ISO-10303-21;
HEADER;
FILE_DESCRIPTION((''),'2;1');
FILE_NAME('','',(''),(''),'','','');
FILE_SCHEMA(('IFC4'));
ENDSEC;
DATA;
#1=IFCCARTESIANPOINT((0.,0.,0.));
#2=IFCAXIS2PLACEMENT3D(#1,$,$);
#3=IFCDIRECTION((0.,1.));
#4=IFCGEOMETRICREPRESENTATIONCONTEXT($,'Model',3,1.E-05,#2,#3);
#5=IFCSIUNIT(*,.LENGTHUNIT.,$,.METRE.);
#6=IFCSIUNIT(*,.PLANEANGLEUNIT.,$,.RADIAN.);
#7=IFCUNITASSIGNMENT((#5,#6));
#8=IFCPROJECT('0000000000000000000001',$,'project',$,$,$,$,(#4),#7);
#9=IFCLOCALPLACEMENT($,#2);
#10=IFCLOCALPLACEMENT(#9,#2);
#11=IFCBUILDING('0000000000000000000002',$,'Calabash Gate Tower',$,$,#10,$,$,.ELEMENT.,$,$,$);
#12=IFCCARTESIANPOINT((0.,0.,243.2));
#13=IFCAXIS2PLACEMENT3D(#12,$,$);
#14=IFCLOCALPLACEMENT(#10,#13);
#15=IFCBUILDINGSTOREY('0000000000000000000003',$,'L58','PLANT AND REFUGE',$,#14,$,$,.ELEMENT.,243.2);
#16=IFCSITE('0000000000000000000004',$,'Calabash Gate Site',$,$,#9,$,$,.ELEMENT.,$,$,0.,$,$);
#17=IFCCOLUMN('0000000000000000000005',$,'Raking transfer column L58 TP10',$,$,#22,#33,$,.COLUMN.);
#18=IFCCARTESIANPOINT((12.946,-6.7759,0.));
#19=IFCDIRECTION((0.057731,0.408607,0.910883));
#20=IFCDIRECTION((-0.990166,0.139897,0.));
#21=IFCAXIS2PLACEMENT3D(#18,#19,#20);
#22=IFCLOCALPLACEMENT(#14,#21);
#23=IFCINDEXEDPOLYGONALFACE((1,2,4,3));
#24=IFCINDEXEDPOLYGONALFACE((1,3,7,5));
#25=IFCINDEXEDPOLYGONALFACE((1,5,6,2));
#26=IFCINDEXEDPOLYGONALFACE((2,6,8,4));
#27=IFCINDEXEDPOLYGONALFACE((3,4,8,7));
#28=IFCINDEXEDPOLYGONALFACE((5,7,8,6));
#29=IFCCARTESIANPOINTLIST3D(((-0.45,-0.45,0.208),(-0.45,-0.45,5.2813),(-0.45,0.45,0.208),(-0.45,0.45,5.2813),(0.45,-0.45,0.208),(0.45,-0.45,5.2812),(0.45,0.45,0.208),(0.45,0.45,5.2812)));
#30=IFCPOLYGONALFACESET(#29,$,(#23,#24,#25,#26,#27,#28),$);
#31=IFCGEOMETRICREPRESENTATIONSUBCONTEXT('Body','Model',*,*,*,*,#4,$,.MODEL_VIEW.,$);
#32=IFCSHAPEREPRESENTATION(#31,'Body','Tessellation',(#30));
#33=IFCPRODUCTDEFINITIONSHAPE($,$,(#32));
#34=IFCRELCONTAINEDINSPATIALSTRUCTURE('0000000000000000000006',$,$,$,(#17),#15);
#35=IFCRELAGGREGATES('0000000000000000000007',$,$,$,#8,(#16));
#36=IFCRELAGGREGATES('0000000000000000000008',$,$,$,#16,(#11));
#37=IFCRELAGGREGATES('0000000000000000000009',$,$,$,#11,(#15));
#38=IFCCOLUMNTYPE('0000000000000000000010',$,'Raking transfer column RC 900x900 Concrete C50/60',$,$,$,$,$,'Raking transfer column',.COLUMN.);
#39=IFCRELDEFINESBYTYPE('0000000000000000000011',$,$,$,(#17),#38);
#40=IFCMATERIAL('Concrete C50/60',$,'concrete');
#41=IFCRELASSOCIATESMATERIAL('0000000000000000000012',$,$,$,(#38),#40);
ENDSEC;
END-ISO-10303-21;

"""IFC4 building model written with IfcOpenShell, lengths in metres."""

from ifc_helpers import new_model, si_unit, direction, frame, origin, origin_2d, place, context, subcontext, project, spatial, rectangle, extrude, clip, halfspace, material, material_profile, profile_set, type_object, element, save


model = new_model("IFC4")

# Units and contexts
model_context = context("Model", 3, precision=1e-05, world=origin(), true_north=direction((0.0, 1.0)))
body_context = subcontext(model_context, "Body", "Model", "MODEL_VIEW")
ifc_project = project(units=[si_unit("LENGTHUNIT", "METRE"), si_unit("PLANEANGLEUNIT", "RADIAN")], contexts=[model_context])

# Site, building, storey
site_placement = place(None, origin())
site = spatial("IfcSite", under=ifc_project, at=site_placement, Name="Calabash Gate Site", CompositionType="ELEMENT", RefElevation=0.0)
building_placement = place(site_placement, origin())
building = spatial("IfcBuilding", under=site, at=building_placement, Name="Calabash Gate Tower", CompositionType="ELEMENT")
storey_placement = place(building_placement, frame((0.0, 0.0, 243.2)))
storey = spatial("IfcBuildingStorey", under=building, at=storey_placement, Name="L58", Description="PLANT AND REFUGE", CompositionType="ELEMENT", Elevation=243.2)

# Column
ifc_material_1 = material(Name="Concrete C50/60", Category="concrete")
ifc_material_profile_1 = material_profile(ifc_material_1, rectangle(XDim=0.8999, YDim=0.8999, at=origin_2d()))
ifc_profile_set_1 = profile_set([ifc_material_profile_1], Name="Concrete C50/60")
column_type = type_object("IfcColumnType", Name="Raking transfer column RC 900x900 Concrete C50/60", ElementType="Raking transfer column", PredefinedType="COLUMN", material=ifc_profile_set_1)
column_placement = place(storey_placement, frame((12.946, -6.7759, 0.0), z_axis=(0.057731, 0.408607, 0.910883), x_axis=(-0.990166, 0.139897, 0.0)))
element("IfcColumn", 1, at=column_placement, inside=storey, type_object=column_type, Name="Raking transfer column L58 TP10", PredefinedType="COLUMN", context=body_context, shape_type="Clipping", body=[
    clip(clip(extrude(rectangle(XDim=0.8999, YDim=0.8999, at=origin_2d()), origin(), (0.0, 0.0, 1.0), 5.4893), halfspace(frame((0.0, 0.0, 0.208), z_axis=(0.0, 0.0, 1.0), x_axis=(1.0, 0.0, 0.0)), True)), halfspace(frame((0.0, 0.0, 5.2812), z_axis=(0.0, 0.0, 1.0), x_axis=(1.0, 0.0, 0.0)), False)),
])

save(model, "model.ifc")
